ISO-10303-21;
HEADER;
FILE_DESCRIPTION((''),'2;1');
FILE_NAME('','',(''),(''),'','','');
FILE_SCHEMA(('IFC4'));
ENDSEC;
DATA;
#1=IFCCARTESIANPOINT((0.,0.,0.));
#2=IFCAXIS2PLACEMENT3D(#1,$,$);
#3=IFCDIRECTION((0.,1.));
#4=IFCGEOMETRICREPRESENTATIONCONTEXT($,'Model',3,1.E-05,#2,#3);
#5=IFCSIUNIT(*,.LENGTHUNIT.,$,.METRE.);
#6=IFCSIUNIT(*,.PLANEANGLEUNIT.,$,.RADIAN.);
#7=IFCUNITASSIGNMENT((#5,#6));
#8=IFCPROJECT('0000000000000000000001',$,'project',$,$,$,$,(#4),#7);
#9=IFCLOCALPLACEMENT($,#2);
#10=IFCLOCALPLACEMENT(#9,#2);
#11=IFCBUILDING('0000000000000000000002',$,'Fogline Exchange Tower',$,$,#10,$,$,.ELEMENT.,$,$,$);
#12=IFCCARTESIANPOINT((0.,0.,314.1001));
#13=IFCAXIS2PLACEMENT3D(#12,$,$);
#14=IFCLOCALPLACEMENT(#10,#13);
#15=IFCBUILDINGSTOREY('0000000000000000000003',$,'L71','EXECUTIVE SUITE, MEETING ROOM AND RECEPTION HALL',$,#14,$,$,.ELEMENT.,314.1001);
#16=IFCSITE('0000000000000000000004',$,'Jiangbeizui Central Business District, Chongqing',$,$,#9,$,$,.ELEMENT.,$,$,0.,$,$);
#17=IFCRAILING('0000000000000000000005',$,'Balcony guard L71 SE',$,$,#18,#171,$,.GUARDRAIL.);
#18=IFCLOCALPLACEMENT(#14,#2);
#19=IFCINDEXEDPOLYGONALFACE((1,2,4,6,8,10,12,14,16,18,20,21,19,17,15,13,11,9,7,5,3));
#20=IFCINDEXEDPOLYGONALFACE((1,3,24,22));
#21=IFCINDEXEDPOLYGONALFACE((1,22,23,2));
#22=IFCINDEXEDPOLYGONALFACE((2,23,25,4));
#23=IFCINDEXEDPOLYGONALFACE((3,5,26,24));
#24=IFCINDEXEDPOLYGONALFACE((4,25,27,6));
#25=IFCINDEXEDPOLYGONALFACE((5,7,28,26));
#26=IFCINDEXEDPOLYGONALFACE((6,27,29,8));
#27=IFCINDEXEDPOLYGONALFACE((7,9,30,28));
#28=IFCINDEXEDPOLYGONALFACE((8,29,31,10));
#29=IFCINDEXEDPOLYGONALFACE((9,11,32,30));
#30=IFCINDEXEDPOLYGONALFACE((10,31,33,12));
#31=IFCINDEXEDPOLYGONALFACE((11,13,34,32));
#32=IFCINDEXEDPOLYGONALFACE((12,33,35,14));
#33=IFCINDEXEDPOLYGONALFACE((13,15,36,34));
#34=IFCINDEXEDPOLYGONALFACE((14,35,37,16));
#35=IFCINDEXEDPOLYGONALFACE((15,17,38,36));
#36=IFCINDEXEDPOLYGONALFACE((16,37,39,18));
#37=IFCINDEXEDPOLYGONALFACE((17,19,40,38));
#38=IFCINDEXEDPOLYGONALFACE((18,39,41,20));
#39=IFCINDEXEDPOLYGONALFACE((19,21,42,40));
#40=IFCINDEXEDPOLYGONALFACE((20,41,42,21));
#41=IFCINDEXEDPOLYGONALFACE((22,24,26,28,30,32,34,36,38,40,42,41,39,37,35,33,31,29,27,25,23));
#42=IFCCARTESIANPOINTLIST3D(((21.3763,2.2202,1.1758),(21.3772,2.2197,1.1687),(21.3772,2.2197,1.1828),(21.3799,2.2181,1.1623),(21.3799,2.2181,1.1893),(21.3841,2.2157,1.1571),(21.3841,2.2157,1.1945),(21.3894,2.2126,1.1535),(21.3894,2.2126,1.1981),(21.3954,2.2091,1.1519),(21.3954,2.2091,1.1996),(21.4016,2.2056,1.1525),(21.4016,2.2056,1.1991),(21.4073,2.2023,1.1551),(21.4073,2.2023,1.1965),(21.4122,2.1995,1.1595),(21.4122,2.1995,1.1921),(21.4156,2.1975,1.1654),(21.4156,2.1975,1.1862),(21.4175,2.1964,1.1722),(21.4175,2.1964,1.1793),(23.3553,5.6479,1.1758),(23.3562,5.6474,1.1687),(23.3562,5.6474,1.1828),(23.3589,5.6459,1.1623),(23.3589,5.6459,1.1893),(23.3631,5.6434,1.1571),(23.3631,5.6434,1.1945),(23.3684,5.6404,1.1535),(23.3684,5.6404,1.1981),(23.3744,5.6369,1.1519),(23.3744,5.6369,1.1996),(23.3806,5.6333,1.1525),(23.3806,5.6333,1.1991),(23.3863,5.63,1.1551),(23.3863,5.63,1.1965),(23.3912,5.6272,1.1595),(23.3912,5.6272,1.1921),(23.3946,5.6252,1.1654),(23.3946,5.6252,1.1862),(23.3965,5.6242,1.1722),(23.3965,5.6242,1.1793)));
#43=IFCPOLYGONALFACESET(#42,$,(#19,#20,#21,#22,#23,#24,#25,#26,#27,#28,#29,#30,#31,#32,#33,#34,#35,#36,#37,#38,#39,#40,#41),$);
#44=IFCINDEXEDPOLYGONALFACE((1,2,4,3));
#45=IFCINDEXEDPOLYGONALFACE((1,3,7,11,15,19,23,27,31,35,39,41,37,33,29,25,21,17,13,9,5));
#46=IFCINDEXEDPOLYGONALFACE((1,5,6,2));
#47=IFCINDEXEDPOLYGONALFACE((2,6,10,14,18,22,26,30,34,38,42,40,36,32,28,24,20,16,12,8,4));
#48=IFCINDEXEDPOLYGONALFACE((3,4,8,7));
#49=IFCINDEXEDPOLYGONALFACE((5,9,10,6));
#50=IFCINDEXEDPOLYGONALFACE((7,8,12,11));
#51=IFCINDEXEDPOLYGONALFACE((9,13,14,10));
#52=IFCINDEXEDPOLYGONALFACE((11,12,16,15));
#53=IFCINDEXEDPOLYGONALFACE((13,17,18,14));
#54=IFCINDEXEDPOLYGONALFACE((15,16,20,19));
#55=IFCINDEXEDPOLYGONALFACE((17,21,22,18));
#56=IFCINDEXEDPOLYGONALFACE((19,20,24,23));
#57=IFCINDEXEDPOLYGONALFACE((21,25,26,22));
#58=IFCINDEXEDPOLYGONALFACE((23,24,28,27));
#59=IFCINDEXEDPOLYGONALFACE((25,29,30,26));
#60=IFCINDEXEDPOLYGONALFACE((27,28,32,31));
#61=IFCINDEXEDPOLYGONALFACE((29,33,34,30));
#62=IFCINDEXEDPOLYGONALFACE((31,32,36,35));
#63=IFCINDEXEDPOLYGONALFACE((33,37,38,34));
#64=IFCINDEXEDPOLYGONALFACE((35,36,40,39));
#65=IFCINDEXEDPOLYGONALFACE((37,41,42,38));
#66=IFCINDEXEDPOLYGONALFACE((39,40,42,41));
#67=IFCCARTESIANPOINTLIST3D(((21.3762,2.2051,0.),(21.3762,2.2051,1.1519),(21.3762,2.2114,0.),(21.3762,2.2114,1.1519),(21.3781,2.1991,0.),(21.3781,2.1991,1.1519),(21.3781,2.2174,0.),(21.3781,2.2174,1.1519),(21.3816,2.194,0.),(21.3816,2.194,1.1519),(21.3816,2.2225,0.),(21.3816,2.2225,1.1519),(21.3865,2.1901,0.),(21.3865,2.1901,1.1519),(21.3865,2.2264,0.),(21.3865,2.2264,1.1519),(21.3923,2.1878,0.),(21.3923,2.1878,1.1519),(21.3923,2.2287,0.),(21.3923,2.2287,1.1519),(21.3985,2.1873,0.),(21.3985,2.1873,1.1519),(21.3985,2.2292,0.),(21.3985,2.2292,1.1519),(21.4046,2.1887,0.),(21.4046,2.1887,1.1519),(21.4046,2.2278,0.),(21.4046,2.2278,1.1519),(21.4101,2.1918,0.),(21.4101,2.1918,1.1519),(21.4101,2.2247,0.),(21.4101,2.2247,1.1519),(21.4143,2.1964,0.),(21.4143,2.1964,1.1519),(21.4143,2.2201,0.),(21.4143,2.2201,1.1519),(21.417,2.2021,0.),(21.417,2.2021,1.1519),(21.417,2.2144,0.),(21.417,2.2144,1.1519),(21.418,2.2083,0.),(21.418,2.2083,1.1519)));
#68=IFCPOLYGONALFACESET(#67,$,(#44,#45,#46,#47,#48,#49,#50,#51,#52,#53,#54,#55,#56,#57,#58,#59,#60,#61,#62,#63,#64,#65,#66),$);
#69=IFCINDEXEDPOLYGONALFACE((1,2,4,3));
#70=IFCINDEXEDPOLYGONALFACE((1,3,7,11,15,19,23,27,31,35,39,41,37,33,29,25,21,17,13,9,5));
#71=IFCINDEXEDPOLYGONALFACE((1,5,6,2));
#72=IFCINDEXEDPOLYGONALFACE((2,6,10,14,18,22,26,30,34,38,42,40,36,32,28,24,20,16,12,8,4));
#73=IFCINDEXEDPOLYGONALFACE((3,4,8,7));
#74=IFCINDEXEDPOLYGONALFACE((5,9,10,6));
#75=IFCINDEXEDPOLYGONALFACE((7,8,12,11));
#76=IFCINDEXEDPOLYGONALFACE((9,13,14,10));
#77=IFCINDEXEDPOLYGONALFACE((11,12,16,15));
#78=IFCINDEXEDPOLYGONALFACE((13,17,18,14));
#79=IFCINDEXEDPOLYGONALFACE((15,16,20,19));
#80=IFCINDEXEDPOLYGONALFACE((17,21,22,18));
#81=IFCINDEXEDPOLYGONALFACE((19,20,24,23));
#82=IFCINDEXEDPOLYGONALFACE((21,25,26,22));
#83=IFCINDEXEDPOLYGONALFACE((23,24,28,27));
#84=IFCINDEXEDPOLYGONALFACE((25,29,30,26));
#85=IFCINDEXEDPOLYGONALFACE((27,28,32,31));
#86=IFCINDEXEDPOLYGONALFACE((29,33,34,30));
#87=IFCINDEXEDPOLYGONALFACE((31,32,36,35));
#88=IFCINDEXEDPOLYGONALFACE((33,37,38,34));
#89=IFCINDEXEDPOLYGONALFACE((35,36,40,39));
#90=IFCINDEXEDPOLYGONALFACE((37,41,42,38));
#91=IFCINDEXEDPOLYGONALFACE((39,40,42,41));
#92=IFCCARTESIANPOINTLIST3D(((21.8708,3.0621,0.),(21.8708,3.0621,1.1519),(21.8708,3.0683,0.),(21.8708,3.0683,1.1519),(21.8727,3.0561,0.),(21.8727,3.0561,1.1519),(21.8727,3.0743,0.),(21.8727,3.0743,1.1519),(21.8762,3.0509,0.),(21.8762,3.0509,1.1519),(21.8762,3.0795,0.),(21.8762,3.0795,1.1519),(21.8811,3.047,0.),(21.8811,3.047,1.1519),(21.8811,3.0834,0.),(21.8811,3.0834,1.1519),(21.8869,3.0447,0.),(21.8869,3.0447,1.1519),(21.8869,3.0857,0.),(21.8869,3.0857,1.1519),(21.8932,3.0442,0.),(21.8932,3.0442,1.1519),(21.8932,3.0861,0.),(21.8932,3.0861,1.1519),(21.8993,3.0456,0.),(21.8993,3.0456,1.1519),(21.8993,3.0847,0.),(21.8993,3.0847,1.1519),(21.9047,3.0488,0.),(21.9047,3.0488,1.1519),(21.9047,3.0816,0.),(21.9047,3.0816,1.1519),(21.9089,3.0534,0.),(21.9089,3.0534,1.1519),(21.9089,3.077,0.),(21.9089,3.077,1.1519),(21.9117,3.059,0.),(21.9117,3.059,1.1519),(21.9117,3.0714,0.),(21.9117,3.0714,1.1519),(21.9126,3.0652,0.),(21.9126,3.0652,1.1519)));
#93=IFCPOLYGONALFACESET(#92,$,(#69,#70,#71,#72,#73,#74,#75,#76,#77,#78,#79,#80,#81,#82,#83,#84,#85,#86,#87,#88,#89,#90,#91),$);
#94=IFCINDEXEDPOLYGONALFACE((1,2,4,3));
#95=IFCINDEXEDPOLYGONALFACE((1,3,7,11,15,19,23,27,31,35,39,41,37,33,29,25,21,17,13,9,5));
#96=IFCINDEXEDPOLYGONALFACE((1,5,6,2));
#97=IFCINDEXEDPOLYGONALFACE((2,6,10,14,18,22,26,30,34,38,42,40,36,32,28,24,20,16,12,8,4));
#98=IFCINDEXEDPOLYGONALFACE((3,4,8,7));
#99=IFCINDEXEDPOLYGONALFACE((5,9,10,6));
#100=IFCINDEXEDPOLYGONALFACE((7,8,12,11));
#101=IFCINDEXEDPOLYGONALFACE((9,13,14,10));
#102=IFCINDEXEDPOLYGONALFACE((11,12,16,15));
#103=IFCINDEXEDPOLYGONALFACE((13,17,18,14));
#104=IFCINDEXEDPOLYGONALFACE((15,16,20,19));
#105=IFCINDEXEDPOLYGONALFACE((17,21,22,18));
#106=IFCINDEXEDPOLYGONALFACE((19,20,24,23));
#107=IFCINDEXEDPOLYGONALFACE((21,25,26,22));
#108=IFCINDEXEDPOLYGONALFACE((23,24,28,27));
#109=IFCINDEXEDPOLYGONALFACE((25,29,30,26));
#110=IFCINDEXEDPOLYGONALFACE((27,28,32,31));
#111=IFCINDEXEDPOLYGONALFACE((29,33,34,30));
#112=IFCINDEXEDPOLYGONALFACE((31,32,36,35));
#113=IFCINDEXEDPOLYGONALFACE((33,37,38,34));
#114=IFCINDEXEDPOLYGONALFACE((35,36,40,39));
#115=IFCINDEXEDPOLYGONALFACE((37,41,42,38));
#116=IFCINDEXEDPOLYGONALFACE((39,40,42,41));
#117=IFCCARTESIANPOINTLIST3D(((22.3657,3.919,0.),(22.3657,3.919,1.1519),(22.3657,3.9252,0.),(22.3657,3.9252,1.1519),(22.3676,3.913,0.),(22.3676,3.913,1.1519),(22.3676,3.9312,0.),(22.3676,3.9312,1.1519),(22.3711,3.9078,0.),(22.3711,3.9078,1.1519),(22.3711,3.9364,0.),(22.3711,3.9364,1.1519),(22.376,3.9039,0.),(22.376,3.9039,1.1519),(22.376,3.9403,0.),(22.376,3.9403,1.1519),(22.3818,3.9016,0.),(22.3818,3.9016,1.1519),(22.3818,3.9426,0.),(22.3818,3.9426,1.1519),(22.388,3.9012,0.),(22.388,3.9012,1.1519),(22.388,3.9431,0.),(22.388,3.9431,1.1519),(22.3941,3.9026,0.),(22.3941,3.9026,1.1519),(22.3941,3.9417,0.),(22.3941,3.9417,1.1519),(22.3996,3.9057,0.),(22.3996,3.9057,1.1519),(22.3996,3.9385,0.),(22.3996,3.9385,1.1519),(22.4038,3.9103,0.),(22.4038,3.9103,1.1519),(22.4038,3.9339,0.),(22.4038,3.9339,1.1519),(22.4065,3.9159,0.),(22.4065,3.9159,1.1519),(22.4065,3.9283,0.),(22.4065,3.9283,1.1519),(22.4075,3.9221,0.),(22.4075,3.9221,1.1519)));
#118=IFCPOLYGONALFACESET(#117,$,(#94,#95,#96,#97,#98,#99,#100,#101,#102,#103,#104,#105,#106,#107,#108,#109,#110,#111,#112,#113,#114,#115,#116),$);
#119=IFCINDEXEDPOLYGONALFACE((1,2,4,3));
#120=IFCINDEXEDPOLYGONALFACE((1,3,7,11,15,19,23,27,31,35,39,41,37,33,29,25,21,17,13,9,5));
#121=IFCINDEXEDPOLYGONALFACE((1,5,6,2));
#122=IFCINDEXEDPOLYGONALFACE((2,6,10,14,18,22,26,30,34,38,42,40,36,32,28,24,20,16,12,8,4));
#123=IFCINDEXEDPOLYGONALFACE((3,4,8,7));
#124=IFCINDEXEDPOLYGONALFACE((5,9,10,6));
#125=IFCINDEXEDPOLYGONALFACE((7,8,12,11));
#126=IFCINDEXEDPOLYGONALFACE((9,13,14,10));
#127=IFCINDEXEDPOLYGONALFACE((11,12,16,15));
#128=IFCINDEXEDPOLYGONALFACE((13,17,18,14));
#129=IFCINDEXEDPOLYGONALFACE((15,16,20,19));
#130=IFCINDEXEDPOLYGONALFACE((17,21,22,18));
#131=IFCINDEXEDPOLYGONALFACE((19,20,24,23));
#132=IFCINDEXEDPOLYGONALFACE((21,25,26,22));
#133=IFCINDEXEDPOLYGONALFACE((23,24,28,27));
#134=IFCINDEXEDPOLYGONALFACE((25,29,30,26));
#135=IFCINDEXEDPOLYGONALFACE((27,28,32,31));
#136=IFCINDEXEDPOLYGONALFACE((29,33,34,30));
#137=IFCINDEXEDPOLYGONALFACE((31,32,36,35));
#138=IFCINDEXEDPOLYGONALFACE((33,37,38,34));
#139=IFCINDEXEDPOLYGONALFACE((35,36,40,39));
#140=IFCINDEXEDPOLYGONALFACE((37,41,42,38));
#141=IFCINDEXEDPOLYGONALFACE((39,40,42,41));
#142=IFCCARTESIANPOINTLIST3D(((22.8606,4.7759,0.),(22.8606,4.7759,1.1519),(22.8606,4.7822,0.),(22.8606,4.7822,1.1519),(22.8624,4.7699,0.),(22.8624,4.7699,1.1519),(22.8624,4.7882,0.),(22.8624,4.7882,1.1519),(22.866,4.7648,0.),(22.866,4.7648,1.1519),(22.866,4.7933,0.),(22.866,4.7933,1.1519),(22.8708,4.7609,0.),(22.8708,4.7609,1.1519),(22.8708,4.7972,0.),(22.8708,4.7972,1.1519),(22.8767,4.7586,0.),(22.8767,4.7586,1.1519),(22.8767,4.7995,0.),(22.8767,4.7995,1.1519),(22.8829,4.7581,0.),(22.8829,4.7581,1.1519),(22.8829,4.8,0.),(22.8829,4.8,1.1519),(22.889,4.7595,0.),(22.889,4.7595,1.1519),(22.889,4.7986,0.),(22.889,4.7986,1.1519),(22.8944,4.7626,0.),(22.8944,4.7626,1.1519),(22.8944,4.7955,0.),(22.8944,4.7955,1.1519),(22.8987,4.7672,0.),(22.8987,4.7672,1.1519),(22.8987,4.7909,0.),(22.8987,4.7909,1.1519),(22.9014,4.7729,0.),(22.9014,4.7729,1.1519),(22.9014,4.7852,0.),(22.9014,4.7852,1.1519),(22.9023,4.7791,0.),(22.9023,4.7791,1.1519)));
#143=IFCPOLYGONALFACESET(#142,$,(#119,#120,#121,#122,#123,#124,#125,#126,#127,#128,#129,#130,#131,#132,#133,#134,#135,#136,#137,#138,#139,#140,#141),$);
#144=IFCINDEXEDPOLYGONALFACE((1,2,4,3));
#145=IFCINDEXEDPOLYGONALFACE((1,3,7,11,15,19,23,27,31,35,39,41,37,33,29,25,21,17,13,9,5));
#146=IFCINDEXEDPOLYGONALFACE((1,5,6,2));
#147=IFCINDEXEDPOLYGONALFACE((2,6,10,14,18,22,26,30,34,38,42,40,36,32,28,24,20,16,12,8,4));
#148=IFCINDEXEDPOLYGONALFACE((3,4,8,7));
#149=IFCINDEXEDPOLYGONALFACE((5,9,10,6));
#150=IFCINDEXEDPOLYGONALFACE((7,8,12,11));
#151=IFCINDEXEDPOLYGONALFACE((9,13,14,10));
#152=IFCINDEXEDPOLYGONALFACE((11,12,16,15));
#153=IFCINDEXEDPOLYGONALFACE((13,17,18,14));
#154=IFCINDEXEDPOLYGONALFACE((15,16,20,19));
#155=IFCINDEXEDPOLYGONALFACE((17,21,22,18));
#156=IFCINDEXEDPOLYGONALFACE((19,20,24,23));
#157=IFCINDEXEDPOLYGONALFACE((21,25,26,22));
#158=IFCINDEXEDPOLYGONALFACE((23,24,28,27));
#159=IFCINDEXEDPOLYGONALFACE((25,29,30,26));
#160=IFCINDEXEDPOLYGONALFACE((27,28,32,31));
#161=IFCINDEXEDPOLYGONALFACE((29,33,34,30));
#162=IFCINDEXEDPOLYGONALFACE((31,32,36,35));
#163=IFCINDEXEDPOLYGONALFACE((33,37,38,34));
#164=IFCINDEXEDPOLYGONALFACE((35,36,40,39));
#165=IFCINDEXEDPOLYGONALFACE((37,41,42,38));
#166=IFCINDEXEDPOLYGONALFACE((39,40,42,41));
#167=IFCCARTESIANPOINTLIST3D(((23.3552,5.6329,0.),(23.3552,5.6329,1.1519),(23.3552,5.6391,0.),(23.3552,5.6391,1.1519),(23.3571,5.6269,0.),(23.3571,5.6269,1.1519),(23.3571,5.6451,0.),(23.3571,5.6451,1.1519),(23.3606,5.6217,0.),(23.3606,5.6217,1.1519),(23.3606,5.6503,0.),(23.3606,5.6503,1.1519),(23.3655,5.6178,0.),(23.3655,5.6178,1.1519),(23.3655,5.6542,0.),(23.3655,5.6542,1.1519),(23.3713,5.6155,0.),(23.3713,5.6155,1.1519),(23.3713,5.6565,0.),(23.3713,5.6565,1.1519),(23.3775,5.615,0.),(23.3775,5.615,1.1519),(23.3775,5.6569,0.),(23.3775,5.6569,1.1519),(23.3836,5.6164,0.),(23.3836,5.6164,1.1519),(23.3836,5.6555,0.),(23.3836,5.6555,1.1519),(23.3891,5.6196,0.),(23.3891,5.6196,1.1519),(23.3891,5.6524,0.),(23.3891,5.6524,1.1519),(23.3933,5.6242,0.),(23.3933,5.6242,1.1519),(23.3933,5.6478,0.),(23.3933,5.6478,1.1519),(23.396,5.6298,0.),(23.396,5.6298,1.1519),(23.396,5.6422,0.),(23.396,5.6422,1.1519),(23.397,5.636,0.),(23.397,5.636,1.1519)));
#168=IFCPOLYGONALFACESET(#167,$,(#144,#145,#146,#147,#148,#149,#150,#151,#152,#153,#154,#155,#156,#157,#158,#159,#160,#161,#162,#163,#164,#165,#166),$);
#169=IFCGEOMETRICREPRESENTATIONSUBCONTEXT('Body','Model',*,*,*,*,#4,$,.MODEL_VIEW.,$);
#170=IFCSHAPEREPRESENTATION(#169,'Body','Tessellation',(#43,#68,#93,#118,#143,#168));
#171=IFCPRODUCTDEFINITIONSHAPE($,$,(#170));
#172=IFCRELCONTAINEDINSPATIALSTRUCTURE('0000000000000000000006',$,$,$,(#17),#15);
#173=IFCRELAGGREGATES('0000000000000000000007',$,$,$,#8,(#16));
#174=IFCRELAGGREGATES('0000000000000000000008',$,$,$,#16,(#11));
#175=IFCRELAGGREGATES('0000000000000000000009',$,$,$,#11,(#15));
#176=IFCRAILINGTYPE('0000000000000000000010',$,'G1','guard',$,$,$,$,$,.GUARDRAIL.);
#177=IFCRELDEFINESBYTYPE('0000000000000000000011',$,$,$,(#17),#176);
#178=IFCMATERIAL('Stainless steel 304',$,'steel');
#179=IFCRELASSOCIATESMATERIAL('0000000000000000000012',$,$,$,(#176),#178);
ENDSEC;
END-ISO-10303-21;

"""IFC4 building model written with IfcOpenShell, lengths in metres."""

from ifc_helpers import new_model, si_unit, direction, frame, origin, origin_2d, place, context, subcontext, project, spatial, circle, extrude, material, type_object, element, save


model = new_model("IFC4")

# Units and contexts
model_context = context("Model", 3, precision=1e-05, world=origin(), true_north=direction((0.0, 1.0)))
body_context = subcontext(model_context, "Body", "Model", "MODEL_VIEW")
ifc_project = project(units=[si_unit("LENGTHUNIT", "METRE"), si_unit("PLANEANGLEUNIT", "RADIAN")], contexts=[model_context])

# Site, building, storey
site_placement = place(None, origin())
site = spatial("IfcSite", under=ifc_project, at=site_placement, Name="Jiangbeizui Central Business District, Chongqing", CompositionType="ELEMENT", RefElevation=0.0)
building_placement = place(site_placement, origin())
building = spatial("IfcBuilding", under=site, at=building_placement, Name="Fogline Exchange Tower", CompositionType="ELEMENT")
storey_placement = place(building_placement, frame((0.0, 0.0, 314.1001)))
storey = spatial("IfcBuildingStorey", under=building, at=storey_placement, Name="L71", Description="EXECUTIVE SUITE, MEETING ROOM AND RECEPTION HALL", CompositionType="ELEMENT", Elevation=314.1001)

# Railing
ifc_material_1 = material(Name="Stainless steel 304", Category="steel")
railing_type = type_object("IfcRailingType", Name="G1", Description="guard", PredefinedType="GUARDRAIL", material=ifc_material_1)
railing_placement = place(storey_placement, frame((21.397, 2.2083, 0.0)))
element("IfcRailing", 1, at=railing_placement, inside=storey, type_object=railing_type, Name="Balcony guard L71 SE", PredefinedType="GUARDRAIL", context=body_context, shape_type="SweptSolid", body=[
    extrude(circle(Radius=0.0239, at=origin_2d()), frame((0.0, 0.0, 1.1758), z_axis=(0.5, 0.866025, 0.0), x_axis=(-0.866025, 0.5, 0.0)), (0.0, 0.0, 1.0), 3.958),
    extrude(circle(Radius=0.021, at=origin_2d()), origin(), (0.0, 0.0, 1.0), 1.1519),
    extrude(circle(Radius=0.021, at=origin_2d()), frame((0.4946, 0.8569, 0.0)), (0.0, 0.0, 1.0), 1.1519),
    extrude(circle(Radius=0.021, at=origin_2d()), frame((0.9895, 1.7139, 0.0)), (0.0, 0.0, 1.0), 1.1519),
    extrude(circle(Radius=0.021, at=origin_2d()), frame((1.4844, 2.5708, 0.0)), (0.0, 0.0, 1.0), 1.1519),
    extrude(circle(Radius=0.021, at=origin_2d()), frame((1.979, 3.4277, 0.0)), (0.0, 0.0, 1.0), 1.1519),
])

save(model, "model.ifc")
